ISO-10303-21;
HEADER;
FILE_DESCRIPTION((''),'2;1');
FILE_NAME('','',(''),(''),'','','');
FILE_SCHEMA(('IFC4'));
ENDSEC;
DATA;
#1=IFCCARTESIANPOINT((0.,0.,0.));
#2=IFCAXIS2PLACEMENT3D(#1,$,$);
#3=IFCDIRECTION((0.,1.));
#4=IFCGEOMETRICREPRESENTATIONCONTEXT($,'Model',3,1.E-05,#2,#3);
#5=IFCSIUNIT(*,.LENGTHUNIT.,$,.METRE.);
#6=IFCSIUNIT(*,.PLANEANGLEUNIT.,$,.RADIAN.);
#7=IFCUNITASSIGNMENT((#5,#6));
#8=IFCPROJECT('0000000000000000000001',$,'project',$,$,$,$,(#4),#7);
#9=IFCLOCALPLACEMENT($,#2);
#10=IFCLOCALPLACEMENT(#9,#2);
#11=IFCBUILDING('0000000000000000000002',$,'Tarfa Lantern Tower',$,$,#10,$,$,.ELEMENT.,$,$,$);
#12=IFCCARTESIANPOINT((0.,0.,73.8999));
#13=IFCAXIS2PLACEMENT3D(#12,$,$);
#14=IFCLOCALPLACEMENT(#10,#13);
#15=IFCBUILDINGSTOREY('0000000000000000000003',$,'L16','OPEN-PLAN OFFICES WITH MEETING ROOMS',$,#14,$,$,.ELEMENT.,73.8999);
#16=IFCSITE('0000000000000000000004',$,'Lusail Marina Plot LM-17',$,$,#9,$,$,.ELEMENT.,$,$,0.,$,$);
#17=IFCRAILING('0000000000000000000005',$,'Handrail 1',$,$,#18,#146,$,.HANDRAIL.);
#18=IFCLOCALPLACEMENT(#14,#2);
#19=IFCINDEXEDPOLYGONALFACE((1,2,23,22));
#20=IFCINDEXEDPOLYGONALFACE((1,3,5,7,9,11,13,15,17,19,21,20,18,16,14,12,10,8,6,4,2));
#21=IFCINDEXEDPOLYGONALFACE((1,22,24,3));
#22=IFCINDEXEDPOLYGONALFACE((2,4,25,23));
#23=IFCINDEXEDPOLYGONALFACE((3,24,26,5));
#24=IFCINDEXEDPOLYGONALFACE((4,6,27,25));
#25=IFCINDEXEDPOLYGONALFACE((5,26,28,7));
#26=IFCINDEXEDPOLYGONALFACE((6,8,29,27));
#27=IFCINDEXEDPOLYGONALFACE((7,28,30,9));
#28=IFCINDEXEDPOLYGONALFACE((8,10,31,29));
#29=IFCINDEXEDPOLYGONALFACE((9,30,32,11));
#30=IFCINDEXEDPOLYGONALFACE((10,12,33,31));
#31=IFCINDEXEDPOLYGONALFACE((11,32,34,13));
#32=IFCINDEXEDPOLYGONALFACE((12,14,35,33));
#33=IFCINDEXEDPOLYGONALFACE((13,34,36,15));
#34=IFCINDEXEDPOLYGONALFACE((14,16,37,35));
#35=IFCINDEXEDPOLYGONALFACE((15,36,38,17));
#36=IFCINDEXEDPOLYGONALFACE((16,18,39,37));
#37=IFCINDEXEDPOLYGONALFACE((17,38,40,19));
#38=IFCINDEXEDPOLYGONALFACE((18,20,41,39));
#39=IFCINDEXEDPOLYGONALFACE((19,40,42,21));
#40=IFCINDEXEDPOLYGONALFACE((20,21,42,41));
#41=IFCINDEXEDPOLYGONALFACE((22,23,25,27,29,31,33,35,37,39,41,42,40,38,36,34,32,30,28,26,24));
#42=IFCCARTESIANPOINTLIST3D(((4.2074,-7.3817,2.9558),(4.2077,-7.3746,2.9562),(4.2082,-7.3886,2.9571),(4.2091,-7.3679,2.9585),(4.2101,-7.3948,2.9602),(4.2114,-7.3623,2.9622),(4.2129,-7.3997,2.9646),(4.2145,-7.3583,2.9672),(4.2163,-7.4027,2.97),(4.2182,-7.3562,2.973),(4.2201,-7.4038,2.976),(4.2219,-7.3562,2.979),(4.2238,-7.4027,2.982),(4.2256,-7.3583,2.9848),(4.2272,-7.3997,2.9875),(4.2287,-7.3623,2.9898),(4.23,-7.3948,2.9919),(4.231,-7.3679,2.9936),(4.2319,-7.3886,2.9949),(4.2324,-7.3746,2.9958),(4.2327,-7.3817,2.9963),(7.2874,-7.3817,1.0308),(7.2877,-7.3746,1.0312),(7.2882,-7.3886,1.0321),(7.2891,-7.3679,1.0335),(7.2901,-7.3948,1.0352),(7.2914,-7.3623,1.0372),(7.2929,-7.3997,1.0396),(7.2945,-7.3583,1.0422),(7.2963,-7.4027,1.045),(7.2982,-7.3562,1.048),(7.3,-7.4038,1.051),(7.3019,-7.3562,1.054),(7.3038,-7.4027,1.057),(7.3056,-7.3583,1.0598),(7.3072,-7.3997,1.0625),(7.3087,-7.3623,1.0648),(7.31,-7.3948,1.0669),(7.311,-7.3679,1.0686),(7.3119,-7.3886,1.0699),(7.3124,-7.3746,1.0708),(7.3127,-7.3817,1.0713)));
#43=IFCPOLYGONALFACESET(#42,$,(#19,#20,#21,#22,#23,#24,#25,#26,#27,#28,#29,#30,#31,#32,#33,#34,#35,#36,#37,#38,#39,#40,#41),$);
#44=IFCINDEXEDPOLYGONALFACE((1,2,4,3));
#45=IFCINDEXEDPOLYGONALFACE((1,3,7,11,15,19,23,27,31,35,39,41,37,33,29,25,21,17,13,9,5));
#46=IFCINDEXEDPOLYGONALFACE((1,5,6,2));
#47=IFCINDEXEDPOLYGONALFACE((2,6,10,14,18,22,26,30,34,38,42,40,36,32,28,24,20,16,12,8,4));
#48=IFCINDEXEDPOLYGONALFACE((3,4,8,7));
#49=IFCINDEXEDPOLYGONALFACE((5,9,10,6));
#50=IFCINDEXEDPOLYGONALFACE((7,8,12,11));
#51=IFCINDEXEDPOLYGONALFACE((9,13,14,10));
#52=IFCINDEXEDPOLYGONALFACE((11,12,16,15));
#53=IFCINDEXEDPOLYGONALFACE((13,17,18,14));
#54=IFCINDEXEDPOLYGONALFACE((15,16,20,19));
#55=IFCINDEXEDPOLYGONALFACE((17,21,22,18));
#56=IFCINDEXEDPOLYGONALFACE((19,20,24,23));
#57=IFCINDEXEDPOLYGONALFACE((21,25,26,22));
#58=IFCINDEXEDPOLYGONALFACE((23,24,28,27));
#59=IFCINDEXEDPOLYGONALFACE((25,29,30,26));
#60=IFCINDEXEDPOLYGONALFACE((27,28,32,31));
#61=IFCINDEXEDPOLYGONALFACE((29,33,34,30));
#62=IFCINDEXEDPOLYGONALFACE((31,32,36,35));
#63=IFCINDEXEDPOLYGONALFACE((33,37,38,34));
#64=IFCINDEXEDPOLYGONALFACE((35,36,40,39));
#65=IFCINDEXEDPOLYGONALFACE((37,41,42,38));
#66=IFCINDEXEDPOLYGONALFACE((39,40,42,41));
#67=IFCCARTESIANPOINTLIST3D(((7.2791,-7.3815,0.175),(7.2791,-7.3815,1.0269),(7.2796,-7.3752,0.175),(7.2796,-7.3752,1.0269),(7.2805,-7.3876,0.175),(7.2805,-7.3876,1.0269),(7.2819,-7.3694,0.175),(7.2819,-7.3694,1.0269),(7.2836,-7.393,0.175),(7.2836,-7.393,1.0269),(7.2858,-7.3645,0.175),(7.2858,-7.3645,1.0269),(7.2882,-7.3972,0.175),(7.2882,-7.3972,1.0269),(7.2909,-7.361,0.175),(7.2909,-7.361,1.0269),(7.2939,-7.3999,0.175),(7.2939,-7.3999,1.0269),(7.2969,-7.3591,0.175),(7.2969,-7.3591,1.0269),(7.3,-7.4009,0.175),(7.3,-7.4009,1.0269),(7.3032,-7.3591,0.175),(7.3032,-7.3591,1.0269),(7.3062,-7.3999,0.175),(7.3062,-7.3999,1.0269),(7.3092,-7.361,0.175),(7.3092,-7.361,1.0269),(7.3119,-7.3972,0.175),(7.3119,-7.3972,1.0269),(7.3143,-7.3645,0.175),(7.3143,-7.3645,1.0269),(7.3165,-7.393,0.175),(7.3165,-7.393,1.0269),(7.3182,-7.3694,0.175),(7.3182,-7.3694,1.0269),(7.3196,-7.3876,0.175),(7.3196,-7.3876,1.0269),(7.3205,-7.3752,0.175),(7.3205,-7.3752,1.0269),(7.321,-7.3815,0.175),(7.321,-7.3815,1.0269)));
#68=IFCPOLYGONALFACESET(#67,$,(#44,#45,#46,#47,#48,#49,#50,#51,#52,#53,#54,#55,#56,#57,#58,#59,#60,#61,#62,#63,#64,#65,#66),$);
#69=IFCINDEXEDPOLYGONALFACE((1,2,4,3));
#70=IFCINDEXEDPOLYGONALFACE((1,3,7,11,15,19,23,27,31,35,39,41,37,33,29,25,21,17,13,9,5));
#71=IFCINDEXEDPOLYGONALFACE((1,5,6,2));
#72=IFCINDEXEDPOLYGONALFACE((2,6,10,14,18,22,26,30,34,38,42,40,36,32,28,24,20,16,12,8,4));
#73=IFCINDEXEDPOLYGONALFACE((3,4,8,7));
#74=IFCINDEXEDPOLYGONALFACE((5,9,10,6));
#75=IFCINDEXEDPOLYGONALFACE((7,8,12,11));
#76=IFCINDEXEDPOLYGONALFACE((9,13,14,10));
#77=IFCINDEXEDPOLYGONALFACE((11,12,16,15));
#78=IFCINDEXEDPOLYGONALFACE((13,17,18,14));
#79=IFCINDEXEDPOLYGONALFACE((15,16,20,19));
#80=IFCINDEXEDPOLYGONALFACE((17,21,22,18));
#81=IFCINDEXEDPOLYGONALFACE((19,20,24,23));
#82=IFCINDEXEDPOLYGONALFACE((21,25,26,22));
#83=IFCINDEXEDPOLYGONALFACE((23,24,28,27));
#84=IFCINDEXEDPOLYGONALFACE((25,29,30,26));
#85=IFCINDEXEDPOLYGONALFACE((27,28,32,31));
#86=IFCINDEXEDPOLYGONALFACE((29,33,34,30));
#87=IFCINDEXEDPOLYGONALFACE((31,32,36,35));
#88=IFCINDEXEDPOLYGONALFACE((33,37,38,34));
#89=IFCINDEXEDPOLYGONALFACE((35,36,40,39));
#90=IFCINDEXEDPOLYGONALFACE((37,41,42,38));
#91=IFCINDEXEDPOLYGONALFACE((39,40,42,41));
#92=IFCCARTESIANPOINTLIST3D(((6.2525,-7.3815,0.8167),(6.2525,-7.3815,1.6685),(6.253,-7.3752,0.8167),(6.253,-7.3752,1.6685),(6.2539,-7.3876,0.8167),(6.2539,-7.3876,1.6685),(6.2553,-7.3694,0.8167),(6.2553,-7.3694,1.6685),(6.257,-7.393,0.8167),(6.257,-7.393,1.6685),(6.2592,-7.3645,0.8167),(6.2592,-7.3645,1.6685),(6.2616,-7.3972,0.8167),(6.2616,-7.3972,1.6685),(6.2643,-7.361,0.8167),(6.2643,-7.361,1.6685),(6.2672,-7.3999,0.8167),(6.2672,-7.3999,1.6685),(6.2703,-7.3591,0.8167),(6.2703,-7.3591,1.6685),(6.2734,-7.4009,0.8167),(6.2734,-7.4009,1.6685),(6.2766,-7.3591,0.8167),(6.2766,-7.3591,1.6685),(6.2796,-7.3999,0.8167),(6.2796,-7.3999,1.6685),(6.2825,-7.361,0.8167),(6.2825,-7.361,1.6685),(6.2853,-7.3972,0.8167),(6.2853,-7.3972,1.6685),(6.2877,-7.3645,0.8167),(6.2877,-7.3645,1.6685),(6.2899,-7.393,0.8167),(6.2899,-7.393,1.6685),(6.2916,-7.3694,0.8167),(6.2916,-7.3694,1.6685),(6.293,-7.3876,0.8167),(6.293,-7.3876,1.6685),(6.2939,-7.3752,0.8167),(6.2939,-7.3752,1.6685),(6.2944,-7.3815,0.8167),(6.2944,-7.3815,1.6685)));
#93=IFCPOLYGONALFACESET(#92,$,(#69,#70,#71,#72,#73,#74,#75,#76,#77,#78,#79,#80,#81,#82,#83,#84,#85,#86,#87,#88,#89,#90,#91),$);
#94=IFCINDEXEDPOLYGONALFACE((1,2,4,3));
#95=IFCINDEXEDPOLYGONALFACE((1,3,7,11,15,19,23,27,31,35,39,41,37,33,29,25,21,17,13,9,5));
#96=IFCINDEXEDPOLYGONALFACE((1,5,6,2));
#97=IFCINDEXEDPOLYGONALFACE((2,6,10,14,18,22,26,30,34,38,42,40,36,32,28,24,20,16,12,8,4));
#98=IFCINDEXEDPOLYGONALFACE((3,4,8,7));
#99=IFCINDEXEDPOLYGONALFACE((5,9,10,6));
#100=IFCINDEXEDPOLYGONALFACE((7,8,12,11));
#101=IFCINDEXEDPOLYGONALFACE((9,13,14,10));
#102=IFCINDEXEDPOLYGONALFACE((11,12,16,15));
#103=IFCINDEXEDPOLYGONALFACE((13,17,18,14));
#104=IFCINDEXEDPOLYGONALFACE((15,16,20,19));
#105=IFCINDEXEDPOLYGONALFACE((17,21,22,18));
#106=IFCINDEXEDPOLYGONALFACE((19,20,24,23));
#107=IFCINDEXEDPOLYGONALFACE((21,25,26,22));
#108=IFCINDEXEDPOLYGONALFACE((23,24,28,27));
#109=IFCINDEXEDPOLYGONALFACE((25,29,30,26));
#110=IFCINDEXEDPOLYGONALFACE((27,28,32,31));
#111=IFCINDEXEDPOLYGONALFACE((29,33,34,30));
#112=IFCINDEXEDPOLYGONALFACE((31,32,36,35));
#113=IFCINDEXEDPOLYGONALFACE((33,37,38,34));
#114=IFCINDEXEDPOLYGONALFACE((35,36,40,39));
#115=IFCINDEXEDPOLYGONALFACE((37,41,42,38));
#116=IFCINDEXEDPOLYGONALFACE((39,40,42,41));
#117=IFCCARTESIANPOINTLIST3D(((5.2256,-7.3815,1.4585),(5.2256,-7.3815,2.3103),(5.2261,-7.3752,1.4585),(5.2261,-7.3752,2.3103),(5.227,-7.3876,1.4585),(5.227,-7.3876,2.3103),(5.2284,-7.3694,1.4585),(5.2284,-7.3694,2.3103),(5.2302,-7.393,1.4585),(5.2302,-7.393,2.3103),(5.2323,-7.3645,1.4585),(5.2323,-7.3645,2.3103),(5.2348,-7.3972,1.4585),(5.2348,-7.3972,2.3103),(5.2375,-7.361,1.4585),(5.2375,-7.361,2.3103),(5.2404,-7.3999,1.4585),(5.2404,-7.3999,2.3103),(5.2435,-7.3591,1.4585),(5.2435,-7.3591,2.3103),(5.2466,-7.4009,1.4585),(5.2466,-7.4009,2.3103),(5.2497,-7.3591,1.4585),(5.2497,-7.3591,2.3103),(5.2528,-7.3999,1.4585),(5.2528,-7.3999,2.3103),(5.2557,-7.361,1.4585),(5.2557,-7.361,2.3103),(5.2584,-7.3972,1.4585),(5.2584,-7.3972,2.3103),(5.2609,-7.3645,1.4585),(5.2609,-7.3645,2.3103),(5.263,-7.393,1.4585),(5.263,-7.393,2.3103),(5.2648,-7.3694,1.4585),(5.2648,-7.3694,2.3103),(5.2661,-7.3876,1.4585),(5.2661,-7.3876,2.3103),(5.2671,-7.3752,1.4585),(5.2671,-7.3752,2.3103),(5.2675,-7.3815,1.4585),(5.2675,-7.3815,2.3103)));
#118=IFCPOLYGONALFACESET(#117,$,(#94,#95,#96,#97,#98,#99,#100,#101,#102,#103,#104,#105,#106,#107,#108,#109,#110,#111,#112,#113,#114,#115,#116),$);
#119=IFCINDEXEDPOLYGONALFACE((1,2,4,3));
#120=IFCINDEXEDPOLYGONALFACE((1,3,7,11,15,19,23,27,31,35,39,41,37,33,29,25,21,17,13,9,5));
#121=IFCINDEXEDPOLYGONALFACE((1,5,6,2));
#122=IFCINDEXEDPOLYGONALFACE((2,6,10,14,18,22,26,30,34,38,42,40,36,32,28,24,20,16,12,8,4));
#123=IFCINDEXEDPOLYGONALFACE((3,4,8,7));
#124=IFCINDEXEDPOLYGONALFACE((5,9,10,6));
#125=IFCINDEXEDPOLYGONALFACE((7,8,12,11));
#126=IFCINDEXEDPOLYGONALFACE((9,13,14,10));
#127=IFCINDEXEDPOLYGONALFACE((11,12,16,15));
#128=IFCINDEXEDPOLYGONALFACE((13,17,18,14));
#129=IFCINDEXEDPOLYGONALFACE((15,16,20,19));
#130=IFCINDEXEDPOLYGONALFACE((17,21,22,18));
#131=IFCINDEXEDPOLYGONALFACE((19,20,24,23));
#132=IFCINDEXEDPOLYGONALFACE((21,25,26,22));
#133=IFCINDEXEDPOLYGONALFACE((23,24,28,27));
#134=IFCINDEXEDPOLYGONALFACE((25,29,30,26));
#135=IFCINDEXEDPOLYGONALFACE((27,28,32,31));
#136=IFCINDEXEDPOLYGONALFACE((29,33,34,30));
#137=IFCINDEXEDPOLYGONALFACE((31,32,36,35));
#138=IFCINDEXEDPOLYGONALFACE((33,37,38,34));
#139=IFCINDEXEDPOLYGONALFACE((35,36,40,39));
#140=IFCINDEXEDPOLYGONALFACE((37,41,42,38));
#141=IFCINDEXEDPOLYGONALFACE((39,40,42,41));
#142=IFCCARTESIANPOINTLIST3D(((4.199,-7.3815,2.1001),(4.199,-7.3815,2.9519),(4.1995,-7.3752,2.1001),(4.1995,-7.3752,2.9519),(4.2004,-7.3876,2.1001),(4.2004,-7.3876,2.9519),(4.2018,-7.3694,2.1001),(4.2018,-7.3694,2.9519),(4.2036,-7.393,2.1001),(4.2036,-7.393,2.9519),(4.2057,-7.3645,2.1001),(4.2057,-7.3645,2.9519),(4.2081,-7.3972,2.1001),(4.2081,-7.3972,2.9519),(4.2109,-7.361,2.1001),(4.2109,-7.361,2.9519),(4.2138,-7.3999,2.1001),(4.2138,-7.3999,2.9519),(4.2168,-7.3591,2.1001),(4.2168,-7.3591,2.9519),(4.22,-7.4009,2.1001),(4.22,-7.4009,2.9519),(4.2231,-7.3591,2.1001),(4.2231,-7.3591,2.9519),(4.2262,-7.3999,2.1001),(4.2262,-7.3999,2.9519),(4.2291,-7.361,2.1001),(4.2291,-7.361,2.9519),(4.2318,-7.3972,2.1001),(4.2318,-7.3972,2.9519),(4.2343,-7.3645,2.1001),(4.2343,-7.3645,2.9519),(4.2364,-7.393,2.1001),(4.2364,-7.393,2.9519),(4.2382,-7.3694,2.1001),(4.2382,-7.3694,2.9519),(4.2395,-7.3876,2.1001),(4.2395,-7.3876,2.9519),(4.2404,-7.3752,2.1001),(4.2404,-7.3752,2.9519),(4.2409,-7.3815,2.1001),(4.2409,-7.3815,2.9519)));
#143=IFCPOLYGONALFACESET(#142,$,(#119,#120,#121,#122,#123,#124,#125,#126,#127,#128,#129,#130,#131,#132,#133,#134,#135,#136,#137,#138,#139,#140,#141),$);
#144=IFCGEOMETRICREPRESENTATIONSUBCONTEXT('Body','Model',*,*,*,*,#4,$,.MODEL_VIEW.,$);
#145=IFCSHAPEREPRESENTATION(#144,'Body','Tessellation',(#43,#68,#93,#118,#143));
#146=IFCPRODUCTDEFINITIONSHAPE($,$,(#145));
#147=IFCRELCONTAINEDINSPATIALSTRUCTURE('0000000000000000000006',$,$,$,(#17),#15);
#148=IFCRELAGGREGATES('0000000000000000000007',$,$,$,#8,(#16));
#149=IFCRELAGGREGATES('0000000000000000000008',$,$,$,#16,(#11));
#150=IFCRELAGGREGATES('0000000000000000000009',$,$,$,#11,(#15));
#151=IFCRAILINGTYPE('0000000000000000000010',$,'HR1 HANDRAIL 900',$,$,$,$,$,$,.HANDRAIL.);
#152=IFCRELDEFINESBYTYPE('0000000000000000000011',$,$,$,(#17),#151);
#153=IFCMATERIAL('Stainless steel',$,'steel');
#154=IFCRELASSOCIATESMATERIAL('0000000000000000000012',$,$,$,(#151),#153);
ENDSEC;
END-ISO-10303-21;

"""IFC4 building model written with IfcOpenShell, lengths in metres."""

from ifc_helpers import new_model, si_unit, direction, frame, origin, origin_2d, place, context, subcontext, project, spatial, circle, extrude, material, type_object, element, save


model = new_model("IFC4")

# Units and contexts
model_context = context("Model", 3, precision=1e-05, world=origin(), true_north=direction((0.0, 1.0)))
body_context = subcontext(model_context, "Body", "Model", "MODEL_VIEW")
ifc_project = project(units=[si_unit("LENGTHUNIT", "METRE"), si_unit("PLANEANGLEUNIT", "RADIAN")], contexts=[model_context])

# Site, building, storey
site_placement = place(None, origin())
site = spatial("IfcSite", under=ifc_project, at=site_placement, Name="Lusail Marina Plot LM-17", CompositionType="ELEMENT", RefElevation=0.0)
building_placement = place(site_placement, origin())
building = spatial("IfcBuilding", under=site, at=building_placement, Name="Tarfa Lantern Tower", CompositionType="ELEMENT")
storey_placement = place(building_placement, frame((0.0, 0.0, 73.8999)))
storey = spatial("IfcBuildingStorey", under=building, at=storey_placement, Name="L16", Description="OPEN-PLAN OFFICES WITH MEETING ROOMS", CompositionType="ELEMENT", Elevation=73.8999)

# Railing
ifc_material_1 = material(Name="Stainless steel", Category="steel")
railing_type = type_object("IfcRailingType", Name="HR1 HANDRAIL 900", PredefinedType="HANDRAIL", material=ifc_material_1)
railing_1_placement = place(storey_placement, frame((7.3, -7.3799, 0.175)))
element("IfcRailing", 1, at=railing_1_placement, inside=storey, type_object=railing_type, Name="Handrail 1", PredefinedType="HANDRAIL", context=body_context, shape_type="SweptSolid", body=[
    extrude(circle(Radius=0.0239, at=origin_2d()), frame((0.0, 0.0, 0.876), z_axis=(-0.847998, 0.0, 0.529999), x_axis=(0.0, -1.0, 0.0)), (0.0, 0.0, 1.0), 3.6321),
    extrude(circle(Radius=0.021, at=origin_2d()), frame((0.0, 0.0, 0.0), z_axis=(0.0, 0.0, 1.0), x_axis=(0.0, -1.0, 0.0)), (0.0, 0.0, 1.0), 0.8518),
    extrude(circle(Radius=0.021, at=origin_2d()), frame((-1.0266, 0.0, 0.6416), z_axis=(0.0, 0.0, 1.0), x_axis=(0.0, -1.0, 0.0)), (0.0, 0.0, 1.0), 0.8518),
    extrude(circle(Radius=0.021, at=origin_2d()), frame((-2.0535, 0.0, 1.2834), z_axis=(0.0, 0.0, 1.0), x_axis=(0.0, -1.0, 0.0)), (0.0, 0.0, 1.0), 0.8518),
    extrude(circle(Radius=0.021, at=origin_2d()), frame((-3.0801, 0.0, 1.925), z_axis=(0.0, 0.0, 1.0), x_axis=(0.0, -1.0, 0.0)), (0.0, 0.0, 1.0), 0.8518),
])

save(model, "model.ifc")
